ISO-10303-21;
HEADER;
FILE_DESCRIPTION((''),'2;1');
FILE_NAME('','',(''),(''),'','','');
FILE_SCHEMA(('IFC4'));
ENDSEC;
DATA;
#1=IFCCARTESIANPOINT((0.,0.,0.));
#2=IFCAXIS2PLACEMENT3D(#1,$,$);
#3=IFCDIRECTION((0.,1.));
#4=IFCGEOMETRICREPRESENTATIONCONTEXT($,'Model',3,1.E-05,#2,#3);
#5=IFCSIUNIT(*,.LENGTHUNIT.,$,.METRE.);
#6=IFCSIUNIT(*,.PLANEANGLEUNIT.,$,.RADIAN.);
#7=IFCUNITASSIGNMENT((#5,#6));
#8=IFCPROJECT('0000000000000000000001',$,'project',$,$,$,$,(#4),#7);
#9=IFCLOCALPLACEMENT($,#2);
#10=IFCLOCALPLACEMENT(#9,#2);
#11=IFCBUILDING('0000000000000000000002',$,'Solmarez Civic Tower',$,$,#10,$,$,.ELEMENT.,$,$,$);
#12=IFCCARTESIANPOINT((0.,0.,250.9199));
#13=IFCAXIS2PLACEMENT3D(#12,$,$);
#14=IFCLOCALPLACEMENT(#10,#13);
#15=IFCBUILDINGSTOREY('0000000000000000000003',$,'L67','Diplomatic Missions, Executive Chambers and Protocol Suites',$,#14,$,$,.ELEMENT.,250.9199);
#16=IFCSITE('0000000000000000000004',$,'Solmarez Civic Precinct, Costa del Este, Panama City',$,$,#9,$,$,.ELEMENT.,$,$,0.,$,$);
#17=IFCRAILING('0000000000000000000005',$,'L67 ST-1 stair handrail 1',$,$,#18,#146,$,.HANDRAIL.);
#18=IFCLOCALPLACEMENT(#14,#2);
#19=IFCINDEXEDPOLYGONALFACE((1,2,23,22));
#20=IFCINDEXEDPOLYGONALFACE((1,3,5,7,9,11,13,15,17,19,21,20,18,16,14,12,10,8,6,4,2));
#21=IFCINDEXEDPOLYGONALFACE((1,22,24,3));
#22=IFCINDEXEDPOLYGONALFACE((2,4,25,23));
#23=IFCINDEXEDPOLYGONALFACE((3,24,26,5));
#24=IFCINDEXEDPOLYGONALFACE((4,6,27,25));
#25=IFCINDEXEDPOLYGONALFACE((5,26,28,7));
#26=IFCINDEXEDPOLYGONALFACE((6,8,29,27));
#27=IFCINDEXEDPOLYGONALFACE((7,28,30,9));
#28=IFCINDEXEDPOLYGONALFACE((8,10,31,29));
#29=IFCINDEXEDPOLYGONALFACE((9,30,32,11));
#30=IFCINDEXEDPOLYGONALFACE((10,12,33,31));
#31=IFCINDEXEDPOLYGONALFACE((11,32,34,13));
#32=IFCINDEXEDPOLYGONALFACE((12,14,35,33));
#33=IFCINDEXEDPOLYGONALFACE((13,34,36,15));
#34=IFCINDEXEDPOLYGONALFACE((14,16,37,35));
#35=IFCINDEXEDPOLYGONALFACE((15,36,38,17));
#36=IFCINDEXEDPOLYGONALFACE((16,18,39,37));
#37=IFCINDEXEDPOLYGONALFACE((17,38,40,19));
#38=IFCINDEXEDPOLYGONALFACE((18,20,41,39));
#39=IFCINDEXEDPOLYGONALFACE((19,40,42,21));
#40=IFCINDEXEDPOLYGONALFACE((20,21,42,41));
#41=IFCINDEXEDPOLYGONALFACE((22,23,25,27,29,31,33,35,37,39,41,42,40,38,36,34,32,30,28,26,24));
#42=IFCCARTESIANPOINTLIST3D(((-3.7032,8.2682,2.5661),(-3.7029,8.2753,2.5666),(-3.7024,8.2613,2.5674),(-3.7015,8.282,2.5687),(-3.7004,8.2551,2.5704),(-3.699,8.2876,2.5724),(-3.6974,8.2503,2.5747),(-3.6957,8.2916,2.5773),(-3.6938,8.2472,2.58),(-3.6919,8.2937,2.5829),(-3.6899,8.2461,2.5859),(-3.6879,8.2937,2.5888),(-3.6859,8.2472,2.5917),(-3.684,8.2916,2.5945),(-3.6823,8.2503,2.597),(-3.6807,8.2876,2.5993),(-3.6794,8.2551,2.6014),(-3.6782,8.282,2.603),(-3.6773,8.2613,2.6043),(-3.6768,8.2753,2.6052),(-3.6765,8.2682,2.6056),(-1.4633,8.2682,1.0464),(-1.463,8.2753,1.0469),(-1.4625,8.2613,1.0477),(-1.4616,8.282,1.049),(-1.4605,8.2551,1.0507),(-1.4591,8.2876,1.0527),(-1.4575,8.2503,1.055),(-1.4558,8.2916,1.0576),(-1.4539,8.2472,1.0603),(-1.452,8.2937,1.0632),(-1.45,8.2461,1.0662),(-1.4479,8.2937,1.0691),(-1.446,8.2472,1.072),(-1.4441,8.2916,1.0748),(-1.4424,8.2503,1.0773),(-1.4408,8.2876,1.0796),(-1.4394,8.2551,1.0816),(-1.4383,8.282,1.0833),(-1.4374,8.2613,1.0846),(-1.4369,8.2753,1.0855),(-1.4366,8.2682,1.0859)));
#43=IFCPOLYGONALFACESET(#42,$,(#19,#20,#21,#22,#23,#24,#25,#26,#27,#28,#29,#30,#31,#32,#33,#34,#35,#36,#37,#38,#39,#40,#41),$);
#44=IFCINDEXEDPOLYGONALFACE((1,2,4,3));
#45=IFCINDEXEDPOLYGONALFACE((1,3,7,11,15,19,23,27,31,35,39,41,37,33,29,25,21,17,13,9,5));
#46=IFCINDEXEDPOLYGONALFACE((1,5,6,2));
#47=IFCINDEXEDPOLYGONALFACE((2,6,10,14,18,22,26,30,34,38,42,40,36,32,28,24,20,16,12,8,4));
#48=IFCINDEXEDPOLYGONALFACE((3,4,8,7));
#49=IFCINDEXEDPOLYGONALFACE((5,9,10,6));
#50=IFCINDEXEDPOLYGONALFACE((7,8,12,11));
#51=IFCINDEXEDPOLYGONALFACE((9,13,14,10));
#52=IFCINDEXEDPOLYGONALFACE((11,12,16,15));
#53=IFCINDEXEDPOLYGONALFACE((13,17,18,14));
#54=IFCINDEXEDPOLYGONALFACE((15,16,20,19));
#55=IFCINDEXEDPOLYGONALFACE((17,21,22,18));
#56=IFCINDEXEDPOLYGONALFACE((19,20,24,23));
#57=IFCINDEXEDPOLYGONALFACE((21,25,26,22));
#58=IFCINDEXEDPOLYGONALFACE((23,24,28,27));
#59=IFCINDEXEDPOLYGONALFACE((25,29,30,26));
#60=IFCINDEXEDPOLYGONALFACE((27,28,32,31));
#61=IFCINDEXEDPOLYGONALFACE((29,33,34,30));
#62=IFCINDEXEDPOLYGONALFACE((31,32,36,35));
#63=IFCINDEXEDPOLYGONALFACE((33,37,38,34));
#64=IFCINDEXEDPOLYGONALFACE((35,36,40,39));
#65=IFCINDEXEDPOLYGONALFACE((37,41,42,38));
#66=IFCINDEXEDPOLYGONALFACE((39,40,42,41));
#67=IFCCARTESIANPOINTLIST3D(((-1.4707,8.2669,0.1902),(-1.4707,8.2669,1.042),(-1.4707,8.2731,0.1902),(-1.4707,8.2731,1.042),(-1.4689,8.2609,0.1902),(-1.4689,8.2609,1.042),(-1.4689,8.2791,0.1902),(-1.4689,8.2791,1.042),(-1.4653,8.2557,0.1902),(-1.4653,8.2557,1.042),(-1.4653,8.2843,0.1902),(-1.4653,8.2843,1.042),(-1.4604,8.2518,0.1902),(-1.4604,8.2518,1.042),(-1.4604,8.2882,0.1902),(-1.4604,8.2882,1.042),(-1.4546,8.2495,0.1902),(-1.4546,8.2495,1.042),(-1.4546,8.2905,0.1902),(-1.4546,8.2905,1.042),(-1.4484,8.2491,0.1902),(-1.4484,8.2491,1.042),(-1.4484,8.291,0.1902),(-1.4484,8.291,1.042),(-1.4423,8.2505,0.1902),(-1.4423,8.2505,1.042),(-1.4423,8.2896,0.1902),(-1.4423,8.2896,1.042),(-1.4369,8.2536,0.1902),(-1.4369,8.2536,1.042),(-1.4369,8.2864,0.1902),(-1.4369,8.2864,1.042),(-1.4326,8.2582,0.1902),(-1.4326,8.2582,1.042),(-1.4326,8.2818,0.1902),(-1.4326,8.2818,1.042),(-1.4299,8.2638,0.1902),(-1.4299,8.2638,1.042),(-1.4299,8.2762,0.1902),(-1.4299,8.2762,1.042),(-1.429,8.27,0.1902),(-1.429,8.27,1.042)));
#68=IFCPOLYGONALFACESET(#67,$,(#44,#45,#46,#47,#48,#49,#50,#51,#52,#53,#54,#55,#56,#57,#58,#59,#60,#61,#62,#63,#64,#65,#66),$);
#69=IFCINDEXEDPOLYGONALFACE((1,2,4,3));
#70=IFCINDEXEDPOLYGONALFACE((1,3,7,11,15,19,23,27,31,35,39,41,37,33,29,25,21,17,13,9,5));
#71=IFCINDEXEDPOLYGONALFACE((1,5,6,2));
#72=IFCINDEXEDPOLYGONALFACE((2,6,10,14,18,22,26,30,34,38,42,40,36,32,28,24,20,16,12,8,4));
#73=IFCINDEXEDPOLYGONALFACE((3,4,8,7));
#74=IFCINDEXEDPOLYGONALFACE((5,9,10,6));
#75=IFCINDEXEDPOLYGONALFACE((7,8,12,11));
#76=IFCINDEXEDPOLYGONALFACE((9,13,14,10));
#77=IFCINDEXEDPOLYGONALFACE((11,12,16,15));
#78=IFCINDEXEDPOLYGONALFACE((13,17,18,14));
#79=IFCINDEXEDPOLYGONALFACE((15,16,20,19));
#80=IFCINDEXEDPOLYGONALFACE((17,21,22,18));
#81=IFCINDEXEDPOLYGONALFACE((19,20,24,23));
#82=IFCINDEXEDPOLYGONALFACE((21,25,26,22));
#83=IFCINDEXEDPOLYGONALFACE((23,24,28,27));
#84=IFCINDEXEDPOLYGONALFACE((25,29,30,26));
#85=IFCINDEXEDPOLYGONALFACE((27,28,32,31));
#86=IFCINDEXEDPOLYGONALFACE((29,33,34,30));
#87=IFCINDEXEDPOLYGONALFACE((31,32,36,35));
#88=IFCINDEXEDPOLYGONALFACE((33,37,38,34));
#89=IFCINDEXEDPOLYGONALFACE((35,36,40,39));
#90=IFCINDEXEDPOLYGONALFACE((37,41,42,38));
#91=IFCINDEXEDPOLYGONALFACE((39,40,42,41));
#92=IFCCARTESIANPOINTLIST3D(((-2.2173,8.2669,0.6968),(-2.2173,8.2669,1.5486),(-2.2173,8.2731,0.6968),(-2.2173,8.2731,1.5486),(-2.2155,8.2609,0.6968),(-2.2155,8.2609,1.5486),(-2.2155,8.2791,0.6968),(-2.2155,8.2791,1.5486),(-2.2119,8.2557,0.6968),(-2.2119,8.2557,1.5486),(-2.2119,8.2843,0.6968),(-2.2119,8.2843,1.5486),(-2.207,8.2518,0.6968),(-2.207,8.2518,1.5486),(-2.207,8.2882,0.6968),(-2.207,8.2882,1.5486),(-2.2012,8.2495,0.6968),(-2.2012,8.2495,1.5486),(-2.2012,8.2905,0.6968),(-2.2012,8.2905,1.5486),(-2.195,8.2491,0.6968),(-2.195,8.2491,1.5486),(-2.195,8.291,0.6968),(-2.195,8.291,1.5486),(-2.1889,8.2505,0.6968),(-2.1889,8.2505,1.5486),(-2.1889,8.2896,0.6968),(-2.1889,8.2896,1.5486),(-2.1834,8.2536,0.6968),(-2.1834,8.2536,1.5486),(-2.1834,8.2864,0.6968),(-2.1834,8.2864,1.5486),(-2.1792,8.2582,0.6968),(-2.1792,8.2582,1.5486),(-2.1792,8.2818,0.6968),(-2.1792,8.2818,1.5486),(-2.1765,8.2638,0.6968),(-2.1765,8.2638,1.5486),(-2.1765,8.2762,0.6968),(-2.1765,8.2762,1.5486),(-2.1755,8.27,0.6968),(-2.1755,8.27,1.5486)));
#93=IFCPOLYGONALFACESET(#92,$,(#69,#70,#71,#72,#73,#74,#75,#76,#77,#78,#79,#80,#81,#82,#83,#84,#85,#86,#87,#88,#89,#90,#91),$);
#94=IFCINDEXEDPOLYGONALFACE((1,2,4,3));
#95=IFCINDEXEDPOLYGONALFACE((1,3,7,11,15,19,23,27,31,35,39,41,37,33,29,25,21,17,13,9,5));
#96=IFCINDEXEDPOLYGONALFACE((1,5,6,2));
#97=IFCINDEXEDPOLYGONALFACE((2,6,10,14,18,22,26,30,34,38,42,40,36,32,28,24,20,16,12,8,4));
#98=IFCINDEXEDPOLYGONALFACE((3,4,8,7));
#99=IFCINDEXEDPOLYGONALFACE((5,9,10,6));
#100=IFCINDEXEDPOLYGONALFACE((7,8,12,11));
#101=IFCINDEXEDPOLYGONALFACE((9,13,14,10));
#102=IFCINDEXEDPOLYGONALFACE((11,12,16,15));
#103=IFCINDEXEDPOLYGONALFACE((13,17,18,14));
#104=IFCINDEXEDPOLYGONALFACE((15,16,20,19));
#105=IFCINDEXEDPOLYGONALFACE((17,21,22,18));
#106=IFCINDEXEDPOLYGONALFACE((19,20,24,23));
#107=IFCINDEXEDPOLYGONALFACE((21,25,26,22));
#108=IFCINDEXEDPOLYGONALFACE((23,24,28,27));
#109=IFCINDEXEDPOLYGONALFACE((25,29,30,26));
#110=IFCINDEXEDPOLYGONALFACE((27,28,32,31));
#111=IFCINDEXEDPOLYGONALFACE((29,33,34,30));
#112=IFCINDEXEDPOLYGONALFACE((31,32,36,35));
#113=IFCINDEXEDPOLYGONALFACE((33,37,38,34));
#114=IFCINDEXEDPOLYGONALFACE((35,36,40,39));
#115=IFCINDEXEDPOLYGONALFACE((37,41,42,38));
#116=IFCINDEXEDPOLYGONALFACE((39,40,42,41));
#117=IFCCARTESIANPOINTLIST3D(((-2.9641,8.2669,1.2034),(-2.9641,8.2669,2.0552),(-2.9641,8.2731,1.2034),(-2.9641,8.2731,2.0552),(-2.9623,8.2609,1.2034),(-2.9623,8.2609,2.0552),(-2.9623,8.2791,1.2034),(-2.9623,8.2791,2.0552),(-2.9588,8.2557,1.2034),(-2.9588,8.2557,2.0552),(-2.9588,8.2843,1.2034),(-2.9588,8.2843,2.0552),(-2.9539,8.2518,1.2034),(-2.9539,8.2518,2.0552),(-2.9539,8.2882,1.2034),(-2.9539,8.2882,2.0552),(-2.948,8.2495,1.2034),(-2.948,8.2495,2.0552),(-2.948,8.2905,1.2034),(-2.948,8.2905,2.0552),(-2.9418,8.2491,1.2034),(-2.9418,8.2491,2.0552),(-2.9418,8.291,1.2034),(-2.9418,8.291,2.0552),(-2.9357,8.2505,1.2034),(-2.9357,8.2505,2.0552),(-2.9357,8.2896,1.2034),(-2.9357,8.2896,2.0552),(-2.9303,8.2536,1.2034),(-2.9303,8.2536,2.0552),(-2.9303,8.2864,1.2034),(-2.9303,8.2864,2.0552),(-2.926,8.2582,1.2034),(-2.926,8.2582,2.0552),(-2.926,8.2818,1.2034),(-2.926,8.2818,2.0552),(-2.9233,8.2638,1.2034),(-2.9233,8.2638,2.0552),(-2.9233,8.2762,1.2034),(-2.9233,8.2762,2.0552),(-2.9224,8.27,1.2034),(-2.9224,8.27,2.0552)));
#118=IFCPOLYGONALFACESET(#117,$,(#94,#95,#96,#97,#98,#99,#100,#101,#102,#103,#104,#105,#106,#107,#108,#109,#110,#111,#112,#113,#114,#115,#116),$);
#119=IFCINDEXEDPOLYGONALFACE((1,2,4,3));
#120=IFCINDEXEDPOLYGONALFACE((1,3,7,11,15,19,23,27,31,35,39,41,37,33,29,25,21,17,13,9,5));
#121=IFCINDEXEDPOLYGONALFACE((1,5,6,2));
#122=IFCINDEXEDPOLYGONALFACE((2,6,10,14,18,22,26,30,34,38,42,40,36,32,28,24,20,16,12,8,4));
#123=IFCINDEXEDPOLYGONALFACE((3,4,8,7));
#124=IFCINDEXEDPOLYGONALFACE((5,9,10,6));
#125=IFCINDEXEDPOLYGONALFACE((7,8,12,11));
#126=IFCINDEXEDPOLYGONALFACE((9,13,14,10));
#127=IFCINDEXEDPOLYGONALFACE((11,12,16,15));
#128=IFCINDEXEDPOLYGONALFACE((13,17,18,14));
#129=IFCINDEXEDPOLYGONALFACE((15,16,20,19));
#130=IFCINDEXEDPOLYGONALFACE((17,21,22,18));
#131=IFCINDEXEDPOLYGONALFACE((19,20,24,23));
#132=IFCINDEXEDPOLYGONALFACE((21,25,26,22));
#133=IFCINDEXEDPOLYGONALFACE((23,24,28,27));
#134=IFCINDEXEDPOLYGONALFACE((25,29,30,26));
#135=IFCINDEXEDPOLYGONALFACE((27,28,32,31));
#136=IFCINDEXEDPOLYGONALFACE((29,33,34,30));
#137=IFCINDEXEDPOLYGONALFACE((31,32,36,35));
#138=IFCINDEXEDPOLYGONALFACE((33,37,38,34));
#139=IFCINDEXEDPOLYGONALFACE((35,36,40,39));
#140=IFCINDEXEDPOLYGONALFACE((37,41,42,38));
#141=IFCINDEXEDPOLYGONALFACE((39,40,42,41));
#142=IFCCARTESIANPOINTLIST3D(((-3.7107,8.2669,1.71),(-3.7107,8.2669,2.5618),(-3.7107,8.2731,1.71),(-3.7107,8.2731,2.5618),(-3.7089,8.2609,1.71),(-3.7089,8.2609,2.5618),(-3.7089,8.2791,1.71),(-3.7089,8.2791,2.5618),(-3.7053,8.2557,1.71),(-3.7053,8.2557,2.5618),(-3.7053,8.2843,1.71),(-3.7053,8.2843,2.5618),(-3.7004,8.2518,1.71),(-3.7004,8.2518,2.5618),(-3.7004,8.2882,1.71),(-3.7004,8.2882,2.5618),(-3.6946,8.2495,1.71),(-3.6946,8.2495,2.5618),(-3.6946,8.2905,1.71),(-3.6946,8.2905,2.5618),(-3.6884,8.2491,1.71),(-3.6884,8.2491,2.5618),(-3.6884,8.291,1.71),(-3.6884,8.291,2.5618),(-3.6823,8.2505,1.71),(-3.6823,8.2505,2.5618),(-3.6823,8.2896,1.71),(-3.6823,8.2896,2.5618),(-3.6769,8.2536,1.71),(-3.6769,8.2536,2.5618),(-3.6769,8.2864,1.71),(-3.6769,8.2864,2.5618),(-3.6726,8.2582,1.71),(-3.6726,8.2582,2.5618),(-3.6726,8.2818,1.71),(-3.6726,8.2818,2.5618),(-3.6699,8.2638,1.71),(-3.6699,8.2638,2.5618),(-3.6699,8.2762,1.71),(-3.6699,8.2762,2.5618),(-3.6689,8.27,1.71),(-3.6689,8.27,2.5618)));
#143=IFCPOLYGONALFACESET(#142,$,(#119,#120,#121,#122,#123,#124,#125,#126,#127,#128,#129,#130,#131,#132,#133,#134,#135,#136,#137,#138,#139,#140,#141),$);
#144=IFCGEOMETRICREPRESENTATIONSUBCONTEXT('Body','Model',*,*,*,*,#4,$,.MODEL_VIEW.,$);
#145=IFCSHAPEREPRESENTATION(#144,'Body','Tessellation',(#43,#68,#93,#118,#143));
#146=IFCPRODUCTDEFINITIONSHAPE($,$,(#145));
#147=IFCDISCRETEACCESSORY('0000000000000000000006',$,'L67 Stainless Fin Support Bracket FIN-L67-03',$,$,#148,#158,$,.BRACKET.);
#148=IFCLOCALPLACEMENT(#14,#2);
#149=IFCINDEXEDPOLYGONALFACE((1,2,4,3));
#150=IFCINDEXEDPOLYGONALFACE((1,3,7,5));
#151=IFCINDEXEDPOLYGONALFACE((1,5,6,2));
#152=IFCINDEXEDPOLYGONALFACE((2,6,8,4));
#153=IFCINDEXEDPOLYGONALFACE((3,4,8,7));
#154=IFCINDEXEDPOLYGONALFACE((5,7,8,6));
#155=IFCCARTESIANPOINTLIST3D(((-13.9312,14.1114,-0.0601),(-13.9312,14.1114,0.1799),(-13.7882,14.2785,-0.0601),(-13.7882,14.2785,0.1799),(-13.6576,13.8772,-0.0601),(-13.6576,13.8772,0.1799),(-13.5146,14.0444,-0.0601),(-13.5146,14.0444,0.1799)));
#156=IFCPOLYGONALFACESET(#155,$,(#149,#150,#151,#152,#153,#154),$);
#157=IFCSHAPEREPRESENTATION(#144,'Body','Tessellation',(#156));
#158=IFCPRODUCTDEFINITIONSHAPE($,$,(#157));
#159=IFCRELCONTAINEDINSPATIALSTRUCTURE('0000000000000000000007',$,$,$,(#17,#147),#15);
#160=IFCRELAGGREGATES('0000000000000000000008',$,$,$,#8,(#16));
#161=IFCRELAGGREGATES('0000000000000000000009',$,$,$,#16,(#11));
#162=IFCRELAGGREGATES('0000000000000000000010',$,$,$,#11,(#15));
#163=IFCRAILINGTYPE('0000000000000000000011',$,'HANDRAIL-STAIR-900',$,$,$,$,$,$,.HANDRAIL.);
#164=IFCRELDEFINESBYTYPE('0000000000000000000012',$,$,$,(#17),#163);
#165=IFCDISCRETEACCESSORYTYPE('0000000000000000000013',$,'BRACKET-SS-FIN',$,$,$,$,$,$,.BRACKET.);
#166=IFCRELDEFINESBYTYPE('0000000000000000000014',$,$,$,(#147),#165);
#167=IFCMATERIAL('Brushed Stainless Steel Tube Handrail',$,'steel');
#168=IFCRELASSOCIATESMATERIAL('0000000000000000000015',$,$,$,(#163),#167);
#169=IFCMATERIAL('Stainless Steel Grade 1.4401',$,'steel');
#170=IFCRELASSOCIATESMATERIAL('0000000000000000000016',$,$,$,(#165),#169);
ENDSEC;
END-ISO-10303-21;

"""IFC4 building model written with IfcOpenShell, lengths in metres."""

from ifc_helpers import new_model, si_unit, direction, frame, origin, origin_2d, place, context, subcontext, project, spatial, rectangle, circle, extrude, material, type_object, element, save


model = new_model("IFC4")

# Units and contexts
model_context = context("Model", 3, precision=1e-05, world=origin(), true_north=direction((0.0, 1.0)))
body_context = subcontext(model_context, "Body", "Model", "MODEL_VIEW")
ifc_project = project(units=[si_unit("LENGTHUNIT", "METRE"), si_unit("PLANEANGLEUNIT", "RADIAN")], contexts=[model_context])

# Site, building, storey
site_placement = place(None, origin())
site = spatial("IfcSite", under=ifc_project, at=site_placement, Name="Solmarez Civic Precinct, Costa del Este, Panama City", CompositionType="ELEMENT", RefElevation=0.0)
building_placement = place(site_placement, origin())
building = spatial("IfcBuilding", under=site, at=building_placement, Name="Solmarez Civic Tower", CompositionType="ELEMENT")
storey_placement = place(building_placement, frame((0.0, 0.0, 250.9199)))
storey = spatial("IfcBuildingStorey", under=building, at=storey_placement, Name="L67", Description="Diplomatic Missions, Executive Chambers and Protocol Suites", CompositionType="ELEMENT", Elevation=250.9199)

# Railing
ifc_material_1 = material(Name="Brushed Stainless Steel Tube Handrail", Category="steel")
railing_type_1 = type_object("IfcRailingType", Name="HANDRAIL-STAIR-900", PredefinedType="HANDRAIL", material=ifc_material_1)
railing_1_placement = place(storey_placement, frame((-1.45, 8.27, 0.1902)))
element("IfcRailing", 1, at=railing_1_placement, inside=storey, type_object=railing_type_1, Name="L67 ST-1 stair handrail 1", PredefinedType="HANDRAIL", context=body_context, shape_type="SweptSolid", body=[
    extrude(circle(Radius=0.0239, at=origin_2d()), frame((0.0, 0.0, 0.876), z_axis=(-0.827513, 0.0, 0.561446), x_axis=(0.0, -1.0, 0.0)), (0.0, 0.0, 1.0), 2.7068),
    extrude(circle(Radius=0.021, at=origin_2d()), origin(), (0.0, 0.0, 1.0), 0.8518),
    extrude(circle(Radius=0.021, at=origin_2d()), frame((-0.7466, 0.0, 0.5066)), (0.0, 0.0, 1.0), 0.8518),
    extrude(circle(Radius=0.021, at=origin_2d()), frame((-1.4934, 0.0, 1.0132)), (0.0, 0.0, 1.0), 0.8518),
    extrude(circle(Radius=0.021, at=origin_2d()), frame((-2.24, 0.0, 1.5198)), (0.0, 0.0, 1.0), 0.8518),
])

# Discrete accessory
ifc_material_2 = material(Name="Stainless Steel Grade 1.4401", Category="steel")
discrete_accessory_type = type_object("IfcDiscreteAccessoryType", Name="BRACKET-SS-FIN", PredefinedType="BRACKET", material=ifc_material_2)
discrete_accessory_placement = place(storey_placement, frame((-13.7229, 14.0779, -0.0601), z_axis=(0.0, 0.0, 1.0), x_axis=(-0.759723, 0.650246, 0.0)))
element("IfcDiscreteAccessory", 2, at=discrete_accessory_placement, inside=storey, type_object=discrete_accessory_type, Name="L67 Stainless Fin Support Bracket FIN-L67-03", PredefinedType="BRACKET", context=body_context, shape_type="SweptSolid", body=[
    extrude(rectangle(XDim=0.3601, YDim=0.22, at=origin_2d()), origin(), (0.0, 0.0, 1.0), 0.24),
])

save(model, "model.ifc")
